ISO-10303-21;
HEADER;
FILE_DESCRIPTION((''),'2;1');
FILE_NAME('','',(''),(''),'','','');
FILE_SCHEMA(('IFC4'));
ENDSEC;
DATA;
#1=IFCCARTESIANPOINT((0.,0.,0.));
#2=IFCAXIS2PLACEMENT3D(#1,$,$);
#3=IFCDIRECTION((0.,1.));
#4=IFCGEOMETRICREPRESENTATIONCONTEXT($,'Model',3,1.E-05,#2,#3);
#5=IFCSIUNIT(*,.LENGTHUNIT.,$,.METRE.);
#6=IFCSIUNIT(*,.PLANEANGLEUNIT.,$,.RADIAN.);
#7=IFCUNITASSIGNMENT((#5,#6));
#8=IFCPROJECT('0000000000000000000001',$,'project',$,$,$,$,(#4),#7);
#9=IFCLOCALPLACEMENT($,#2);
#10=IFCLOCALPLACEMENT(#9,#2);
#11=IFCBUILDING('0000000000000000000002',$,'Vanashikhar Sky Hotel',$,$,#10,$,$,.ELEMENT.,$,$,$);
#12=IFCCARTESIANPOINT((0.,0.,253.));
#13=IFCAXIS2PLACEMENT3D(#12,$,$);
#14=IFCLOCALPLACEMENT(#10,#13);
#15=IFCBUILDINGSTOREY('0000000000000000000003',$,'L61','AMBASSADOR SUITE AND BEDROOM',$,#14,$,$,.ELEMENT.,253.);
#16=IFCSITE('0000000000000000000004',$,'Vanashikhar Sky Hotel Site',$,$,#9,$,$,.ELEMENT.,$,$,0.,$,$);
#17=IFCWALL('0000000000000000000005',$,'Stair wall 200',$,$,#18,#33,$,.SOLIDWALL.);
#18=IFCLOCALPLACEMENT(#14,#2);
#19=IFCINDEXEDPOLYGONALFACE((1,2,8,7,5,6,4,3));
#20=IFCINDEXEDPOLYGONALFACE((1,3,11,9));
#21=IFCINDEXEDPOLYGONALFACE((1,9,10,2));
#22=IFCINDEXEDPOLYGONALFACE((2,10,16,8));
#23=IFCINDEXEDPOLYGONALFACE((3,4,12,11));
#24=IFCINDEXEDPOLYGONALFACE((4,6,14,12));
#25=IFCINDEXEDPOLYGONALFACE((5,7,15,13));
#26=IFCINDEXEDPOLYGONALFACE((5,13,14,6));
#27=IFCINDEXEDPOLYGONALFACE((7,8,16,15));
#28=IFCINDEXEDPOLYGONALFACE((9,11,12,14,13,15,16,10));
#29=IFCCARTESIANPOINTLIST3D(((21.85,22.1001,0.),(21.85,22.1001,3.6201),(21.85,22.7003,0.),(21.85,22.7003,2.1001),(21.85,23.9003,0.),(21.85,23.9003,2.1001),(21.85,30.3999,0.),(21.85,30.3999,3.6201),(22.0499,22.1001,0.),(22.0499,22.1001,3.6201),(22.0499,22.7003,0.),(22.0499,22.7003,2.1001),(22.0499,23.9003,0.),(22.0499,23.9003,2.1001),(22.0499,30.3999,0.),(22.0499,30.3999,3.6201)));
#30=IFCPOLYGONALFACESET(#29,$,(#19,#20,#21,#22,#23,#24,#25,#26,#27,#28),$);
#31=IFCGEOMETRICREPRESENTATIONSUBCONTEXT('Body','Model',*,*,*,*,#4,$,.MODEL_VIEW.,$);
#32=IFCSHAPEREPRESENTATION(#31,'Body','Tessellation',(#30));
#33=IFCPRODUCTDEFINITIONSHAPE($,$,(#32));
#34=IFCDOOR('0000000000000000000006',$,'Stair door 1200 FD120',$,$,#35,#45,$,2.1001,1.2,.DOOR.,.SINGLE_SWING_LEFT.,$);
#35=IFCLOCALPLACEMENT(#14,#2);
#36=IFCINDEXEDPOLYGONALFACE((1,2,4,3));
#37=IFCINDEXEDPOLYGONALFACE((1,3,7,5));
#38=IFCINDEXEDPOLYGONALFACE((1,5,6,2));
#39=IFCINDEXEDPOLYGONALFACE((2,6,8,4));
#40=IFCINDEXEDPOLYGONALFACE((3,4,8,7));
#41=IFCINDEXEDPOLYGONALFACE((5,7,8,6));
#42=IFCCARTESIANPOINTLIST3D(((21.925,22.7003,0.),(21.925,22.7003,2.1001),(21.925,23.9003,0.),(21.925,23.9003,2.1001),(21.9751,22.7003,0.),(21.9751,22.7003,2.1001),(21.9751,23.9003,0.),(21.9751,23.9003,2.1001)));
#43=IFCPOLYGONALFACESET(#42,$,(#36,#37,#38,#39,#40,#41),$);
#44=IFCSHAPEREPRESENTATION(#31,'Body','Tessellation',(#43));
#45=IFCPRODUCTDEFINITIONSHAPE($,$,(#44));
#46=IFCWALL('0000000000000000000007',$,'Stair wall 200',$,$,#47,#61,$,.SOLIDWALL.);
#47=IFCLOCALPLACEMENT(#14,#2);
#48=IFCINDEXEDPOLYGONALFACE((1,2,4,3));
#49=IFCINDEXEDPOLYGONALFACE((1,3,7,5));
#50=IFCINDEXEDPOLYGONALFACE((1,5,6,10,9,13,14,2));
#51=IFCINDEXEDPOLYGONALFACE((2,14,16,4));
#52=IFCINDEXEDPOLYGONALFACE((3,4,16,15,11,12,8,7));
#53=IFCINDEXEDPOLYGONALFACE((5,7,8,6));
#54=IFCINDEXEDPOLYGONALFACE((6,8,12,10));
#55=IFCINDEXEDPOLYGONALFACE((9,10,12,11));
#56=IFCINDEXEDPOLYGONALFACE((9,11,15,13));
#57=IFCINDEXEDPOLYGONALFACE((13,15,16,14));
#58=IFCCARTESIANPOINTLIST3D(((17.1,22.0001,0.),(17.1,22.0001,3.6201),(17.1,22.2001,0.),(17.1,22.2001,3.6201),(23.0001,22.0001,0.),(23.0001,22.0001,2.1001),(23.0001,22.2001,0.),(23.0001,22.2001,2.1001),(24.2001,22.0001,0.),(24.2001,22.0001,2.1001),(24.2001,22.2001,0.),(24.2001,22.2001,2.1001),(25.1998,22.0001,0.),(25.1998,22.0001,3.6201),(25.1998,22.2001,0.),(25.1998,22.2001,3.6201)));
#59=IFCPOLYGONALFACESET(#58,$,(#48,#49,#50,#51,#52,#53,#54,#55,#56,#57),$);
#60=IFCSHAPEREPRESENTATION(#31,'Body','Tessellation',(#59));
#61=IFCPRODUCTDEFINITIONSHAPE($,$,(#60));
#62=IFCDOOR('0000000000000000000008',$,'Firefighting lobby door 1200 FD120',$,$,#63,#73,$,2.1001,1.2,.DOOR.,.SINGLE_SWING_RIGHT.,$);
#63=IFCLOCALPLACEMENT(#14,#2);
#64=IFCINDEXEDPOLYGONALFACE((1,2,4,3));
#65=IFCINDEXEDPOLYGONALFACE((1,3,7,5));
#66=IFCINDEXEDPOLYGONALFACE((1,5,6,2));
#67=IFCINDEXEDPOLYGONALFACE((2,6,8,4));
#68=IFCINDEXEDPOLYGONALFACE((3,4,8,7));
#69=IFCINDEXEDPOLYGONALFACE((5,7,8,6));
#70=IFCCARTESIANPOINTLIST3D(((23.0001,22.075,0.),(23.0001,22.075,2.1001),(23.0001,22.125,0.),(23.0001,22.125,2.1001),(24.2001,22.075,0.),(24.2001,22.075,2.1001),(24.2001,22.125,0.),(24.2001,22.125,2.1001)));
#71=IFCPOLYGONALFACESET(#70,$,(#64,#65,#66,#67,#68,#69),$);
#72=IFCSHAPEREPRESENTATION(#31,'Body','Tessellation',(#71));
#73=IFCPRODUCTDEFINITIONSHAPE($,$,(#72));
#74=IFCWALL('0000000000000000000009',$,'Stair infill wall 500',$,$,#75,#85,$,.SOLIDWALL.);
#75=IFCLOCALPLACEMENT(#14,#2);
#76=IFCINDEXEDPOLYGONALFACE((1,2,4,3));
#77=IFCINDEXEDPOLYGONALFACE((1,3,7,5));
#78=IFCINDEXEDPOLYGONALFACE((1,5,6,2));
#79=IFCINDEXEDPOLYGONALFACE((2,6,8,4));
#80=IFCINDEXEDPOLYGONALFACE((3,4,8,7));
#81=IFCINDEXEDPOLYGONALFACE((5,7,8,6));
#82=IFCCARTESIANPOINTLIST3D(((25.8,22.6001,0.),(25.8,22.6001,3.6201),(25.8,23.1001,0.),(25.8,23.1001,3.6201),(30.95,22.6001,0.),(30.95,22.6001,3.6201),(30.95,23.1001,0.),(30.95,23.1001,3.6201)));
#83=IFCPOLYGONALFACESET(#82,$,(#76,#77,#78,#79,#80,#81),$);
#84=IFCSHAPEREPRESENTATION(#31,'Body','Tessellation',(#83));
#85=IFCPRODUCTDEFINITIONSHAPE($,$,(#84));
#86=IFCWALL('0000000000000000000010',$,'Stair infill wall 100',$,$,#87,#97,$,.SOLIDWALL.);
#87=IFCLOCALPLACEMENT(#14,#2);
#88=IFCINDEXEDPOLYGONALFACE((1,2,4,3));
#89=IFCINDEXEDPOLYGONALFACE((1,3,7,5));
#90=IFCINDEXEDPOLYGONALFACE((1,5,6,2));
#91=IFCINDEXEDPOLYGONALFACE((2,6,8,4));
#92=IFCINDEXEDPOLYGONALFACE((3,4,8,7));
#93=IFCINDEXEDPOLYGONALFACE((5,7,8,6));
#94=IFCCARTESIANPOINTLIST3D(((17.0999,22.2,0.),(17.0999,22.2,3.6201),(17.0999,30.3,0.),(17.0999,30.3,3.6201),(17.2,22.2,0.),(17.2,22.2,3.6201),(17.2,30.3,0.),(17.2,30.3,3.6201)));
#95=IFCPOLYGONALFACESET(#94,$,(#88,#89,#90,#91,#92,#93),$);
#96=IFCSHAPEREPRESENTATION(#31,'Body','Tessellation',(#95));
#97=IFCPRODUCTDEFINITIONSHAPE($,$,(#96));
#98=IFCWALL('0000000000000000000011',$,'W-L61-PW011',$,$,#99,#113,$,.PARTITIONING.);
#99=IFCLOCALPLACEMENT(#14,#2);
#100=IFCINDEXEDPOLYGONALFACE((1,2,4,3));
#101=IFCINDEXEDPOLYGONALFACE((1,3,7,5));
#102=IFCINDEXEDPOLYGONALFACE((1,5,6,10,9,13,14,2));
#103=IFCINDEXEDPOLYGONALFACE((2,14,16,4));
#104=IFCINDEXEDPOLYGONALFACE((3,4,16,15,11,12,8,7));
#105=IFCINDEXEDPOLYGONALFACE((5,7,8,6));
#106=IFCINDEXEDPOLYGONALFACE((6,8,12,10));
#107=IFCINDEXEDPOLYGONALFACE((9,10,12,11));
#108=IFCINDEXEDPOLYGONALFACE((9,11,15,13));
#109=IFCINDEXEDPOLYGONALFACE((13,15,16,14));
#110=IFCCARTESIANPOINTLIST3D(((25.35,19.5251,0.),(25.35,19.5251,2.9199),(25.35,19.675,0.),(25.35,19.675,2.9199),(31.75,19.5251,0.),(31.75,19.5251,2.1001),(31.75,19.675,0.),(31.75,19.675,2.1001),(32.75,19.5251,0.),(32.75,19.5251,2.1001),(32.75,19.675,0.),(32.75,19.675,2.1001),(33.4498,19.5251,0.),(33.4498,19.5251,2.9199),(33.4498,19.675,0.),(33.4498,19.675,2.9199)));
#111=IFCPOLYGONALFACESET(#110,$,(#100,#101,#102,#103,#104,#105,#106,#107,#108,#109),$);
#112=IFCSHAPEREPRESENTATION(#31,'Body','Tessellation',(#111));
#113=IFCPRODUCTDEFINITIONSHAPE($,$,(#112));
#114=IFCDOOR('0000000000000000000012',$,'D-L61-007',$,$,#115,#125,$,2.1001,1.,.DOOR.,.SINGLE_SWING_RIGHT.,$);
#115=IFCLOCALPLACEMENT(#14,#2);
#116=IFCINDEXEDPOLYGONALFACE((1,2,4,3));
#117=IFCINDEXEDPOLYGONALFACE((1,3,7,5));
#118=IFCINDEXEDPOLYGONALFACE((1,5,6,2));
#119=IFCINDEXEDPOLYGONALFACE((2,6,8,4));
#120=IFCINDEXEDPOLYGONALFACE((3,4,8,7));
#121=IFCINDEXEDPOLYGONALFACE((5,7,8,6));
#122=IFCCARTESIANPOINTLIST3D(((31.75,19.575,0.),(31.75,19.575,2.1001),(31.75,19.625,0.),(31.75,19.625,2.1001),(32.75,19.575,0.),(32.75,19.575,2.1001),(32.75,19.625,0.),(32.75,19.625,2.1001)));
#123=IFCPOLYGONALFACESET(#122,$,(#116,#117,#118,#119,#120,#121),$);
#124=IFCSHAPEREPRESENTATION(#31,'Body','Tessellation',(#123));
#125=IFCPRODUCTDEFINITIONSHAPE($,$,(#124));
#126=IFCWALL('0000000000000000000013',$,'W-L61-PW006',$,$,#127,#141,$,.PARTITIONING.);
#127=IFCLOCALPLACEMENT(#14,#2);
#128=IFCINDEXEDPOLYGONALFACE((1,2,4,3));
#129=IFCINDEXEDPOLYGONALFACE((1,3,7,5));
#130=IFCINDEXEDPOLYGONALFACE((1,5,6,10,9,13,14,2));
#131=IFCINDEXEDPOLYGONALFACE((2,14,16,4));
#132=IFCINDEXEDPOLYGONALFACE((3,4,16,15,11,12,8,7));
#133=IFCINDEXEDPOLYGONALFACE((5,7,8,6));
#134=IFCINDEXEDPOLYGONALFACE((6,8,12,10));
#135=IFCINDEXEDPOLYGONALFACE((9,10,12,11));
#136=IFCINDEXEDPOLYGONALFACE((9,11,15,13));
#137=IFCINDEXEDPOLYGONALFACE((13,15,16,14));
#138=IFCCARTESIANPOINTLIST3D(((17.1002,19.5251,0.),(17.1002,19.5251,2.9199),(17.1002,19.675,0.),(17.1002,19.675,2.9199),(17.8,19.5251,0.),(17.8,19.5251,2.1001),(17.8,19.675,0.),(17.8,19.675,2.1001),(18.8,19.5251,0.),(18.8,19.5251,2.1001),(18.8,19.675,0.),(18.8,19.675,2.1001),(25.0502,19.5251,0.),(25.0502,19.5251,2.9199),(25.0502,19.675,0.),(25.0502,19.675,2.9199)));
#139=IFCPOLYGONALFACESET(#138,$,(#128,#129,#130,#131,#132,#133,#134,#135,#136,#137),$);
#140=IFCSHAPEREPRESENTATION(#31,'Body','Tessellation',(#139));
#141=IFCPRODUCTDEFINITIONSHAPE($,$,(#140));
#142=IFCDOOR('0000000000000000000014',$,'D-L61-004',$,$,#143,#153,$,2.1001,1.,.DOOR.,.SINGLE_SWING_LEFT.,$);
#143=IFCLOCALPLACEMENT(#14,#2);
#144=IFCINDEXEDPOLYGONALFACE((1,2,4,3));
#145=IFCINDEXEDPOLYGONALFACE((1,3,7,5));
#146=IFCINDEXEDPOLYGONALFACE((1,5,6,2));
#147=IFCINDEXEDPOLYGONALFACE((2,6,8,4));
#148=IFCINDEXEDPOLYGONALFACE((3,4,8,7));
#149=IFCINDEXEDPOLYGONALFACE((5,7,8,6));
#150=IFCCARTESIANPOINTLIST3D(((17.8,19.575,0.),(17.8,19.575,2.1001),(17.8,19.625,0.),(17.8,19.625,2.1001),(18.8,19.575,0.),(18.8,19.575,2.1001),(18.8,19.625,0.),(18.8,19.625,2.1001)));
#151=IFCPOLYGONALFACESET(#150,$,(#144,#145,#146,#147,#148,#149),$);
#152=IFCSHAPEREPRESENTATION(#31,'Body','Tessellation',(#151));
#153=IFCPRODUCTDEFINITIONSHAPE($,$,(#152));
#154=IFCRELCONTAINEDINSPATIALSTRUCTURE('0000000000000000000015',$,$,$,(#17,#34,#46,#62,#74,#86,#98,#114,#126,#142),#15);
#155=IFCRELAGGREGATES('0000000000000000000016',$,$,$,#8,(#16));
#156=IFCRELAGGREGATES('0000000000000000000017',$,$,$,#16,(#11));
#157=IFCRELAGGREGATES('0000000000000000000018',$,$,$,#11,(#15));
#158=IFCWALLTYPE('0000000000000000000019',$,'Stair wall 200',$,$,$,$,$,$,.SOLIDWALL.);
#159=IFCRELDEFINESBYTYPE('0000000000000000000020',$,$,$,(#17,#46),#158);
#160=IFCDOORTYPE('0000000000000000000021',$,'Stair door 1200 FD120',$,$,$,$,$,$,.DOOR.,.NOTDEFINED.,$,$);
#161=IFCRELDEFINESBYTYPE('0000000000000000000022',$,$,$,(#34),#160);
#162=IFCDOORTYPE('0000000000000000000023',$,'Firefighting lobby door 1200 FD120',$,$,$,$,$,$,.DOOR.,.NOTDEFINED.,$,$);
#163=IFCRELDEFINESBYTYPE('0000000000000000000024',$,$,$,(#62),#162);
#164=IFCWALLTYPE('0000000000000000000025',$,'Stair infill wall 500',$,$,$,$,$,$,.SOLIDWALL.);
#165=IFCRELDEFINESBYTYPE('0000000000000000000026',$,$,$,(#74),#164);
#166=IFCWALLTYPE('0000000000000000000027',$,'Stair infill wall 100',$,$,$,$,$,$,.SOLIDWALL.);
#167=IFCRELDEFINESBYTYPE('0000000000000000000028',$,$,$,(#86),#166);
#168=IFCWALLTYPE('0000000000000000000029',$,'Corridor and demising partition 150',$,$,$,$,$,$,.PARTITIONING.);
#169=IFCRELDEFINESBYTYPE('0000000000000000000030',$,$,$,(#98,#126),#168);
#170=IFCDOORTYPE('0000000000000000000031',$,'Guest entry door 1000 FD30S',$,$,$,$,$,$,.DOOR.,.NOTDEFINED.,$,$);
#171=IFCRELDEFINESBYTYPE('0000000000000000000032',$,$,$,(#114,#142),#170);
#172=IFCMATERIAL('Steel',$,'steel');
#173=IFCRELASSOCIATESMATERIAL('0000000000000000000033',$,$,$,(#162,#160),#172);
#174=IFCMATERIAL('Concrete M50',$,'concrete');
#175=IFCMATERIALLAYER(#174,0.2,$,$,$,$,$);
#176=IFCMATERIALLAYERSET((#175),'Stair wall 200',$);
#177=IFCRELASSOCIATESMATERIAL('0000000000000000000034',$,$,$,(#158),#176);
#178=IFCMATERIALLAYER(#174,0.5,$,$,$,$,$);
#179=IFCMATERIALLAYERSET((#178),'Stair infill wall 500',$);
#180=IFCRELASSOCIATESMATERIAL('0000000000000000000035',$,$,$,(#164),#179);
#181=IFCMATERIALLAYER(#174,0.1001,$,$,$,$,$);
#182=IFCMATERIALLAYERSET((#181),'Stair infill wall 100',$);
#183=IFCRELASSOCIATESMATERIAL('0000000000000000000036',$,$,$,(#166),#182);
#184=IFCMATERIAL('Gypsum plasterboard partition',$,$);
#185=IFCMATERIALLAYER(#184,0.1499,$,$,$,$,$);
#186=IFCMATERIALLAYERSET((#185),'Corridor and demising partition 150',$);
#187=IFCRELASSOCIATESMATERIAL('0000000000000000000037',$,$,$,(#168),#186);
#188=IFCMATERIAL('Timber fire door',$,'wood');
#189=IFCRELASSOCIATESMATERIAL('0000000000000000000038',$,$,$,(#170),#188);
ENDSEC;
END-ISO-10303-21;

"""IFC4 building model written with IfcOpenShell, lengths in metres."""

from ifc_helpers import new_model, si_unit, direction, frame, frame_2d, origin, place, context, subcontext, project, spatial, rectangle, extrude, source, transform, mapped, material, layer, layer_set, type_object, element, fill, save


model = new_model("IFC4")

# Units and contexts
model_context = context("Model", 3, precision=1e-05, world=origin(), true_north=direction((0.0, 1.0)))
body_context = subcontext(model_context, "Body", "Model", "MODEL_VIEW")
ifc_project = project(units=[si_unit("LENGTHUNIT", "METRE"), si_unit("PLANEANGLEUNIT", "RADIAN")], contexts=[model_context])

# Site, building, storey
site_placement = place(None, origin())
site = spatial("IfcSite", under=ifc_project, at=site_placement, Name="Vanashikhar Sky Hotel Site", CompositionType="ELEMENT", RefElevation=0.0)
building_placement = place(site_placement, origin())
building = spatial("IfcBuilding", under=site, at=building_placement, Name="Vanashikhar Sky Hotel", CompositionType="ELEMENT")
storey_placement = place(building_placement, frame((0.0, 0.0, 253.0)))
storey = spatial("IfcBuildingStorey", under=building, at=storey_placement, Name="L61", Description="AMBASSADOR SUITE AND BEDROOM", CompositionType="ELEMENT", Elevation=253.0)

# Shared definitions
ifc_material_1 = material(Name="Concrete M50", Category="concrete")

# Shared definitions
ifc_material_2 = material(Name="Steel", Category="steel")
door_type_1 = type_object("IfcDoorType", Name="Firefighting lobby door 1200 FD120", OperationType="NOTDEFINED", PredefinedType="DOOR", material=ifc_material_2)

# Walls, openings, doors
ifc_layer_1 = layer(ifc_material_1, 0.2)
ifc_layer_set_1 = layer_set([ifc_layer_1], Name="Stair wall 200")
wall_type_1 = type_object("IfcWallType", Name="Stair wall 200", PredefinedType="SOLIDWALL", material=ifc_layer_set_1)
shared_shape_1 = source(origin(), body_context, "Body", "SweptSolid", [
    extrude(rectangle(XDim=8.2998, YDim=0.2, at=frame_2d((4.1499, 0.0))), origin(), (0.0, 0.0, 1.0), 3.6201),
])
wall_1_placement = place(storey_placement, frame((21.95, 22.1001, 0.0), z_axis=(0.0, 0.0, 1.0), x_axis=(0.0, 1.0, 0.0)))
wall_1 = element("IfcWall", 1, at=wall_1_placement, inside=storey, type_object=wall_type_1, Name="Stair wall 200", PredefinedType="SOLIDWALL", context=body_context, shape_type="MappedRepresentation", body=[
    mapped(shared_shape_1, transform((0.0, 0.0, 0.0), scale=1.0)),
])
shared_shape_2 = source(origin(), body_context, "Body", "SweptSolid", [
    extrude(rectangle(XDim=1.2, YDim=2.1001, at=frame_2d((0.6001, 1.05))), frame((0.0, 0.1099, 0.0), z_axis=(0.0, -1.0, 0.0), x_axis=(1.0, 0.0, 0.0)), (0.0, 0.0, 1.0), 0.22),
])
opening_1_placement = place(wall_1_placement, frame((0.6001, 0.0, 0.0)))
opening_1 = element("IfcOpeningElement", 2, at=opening_1_placement, cuts=wall_1, PredefinedType="OPENING", context=body_context, shape_type="MappedRepresentation", body=[
    mapped(shared_shape_2, transform((0.0, 0.0, 0.0), scale=1.0)),
])
door_type_2 = type_object("IfcDoorType", Name="Stair door 1200 FD120", OperationType="NOTDEFINED", PredefinedType="DOOR", material=ifc_material_2)
shared_shape_3 = source(origin(), body_context, "Body", "SweptSolid", [
    extrude(rectangle(XDim=1.2, YDim=2.1001, at=frame_2d((0.6001, 1.05))), frame((0.0, 0.0249, 0.0), z_axis=(0.0, -1.0, 0.0), x_axis=(1.0, 0.0, 0.0)), (0.0, 0.0, 1.0), 0.05),
])
door_1_placement = place(opening_1_placement, origin())
door_1 = element("IfcDoor", 3, at=door_1_placement, inside=storey, type_object=door_type_2, Name="Stair door 1200 FD120", OperationType="SINGLE_SWING_LEFT", OverallHeight=2.1001, OverallWidth=1.2, PredefinedType="DOOR", context=body_context, shape_type="MappedRepresentation", body=[
    mapped(shared_shape_3, transform((0.0, 0.0, 0.0), scale=1.0)),
])
fill(opening_1, door_1)
shared_shape_4 = source(origin(), body_context, "Body", "SweptSolid", [
    extrude(rectangle(XDim=8.0999, YDim=0.2, at=frame_2d((4.0498, 0.0))), origin(), (0.0, 0.0, 1.0), 3.6201),
])
wall_2_placement = place(storey_placement, frame((17.1001, 22.1001, 0.0), z_axis=(0.0, 0.0, 1.0), x_axis=(1.0, 0.0, 0.0)))
wall_2 = element("IfcWall", 4, at=wall_2_placement, inside=storey, type_object=wall_type_1, Name="Stair wall 200", PredefinedType="SOLIDWALL", context=body_context, shape_type="MappedRepresentation", body=[
    mapped(shared_shape_4, transform((0.0, 0.0, 0.0), scale=1.0)),
])
opening_2_placement = place(wall_2_placement, frame((5.8999, 0.0, 0.0)))
opening_2 = element("IfcOpeningElement", 5, at=opening_2_placement, cuts=wall_2, PredefinedType="OPENING", context=body_context, shape_type="MappedRepresentation", body=[
    mapped(shared_shape_2, transform((0.0, 0.0, 0.0), scale=1.0)),
])
door_2_placement = place(opening_2_placement, origin())
door_2 = element("IfcDoor", 6, at=door_2_placement, inside=storey, type_object=door_type_1, Name="Firefighting lobby door 1200 FD120", OperationType="SINGLE_SWING_RIGHT", OverallHeight=2.1001, OverallWidth=1.2, PredefinedType="DOOR", context=body_context, shape_type="MappedRepresentation", body=[
    mapped(shared_shape_3, transform((0.0, 0.0, 0.0), scale=1.0)),
])
fill(opening_2, door_2)

# Walls
ifc_layer_2 = layer(ifc_material_1, 0.5)
ifc_layer_set_2 = layer_set([ifc_layer_2], Name="Stair infill wall 500")
wall_type_2 = type_object("IfcWallType", Name="Stair infill wall 500", PredefinedType="SOLIDWALL", material=ifc_layer_set_2)
shared_shape_5 = source(origin(), body_context, "Body", "SweptSolid", [
    extrude(rectangle(XDim=5.1499, YDim=0.5, at=frame_2d((2.575, 0.0))), origin(), (0.0, 0.0, 1.0), 3.6201),
])
wall_3_placement = place(storey_placement, frame((25.8, 22.8501, 0.0), z_axis=(0.0, 0.0, 1.0), x_axis=(1.0, 0.0, 0.0)))
element("IfcWall", 7, at=wall_3_placement, inside=storey, type_object=wall_type_2, Name="Stair infill wall 500", PredefinedType="SOLIDWALL", context=body_context, shape_type="MappedRepresentation", body=[
    mapped(shared_shape_5, transform((0.0, 0.0, 0.0), scale=1.0)),
])
ifc_layer_3 = layer(ifc_material_1, 0.1001)
ifc_layer_set_3 = layer_set([ifc_layer_3], Name="Stair infill wall 100")
wall_type_3 = type_object("IfcWallType", Name="Stair infill wall 100", PredefinedType="SOLIDWALL", material=ifc_layer_set_3)
shared_shape_6 = source(origin(), body_context, "Body", "SweptSolid", [
    extrude(rectangle(XDim=8.1001, YDim=0.1001, at=frame_2d((4.05, 0.0))), origin(), (0.0, 0.0, 1.0), 3.6201),
])
wall_4_placement = place(storey_placement, frame((17.1499, 22.2, 0.0), z_axis=(0.0, 0.0, 1.0), x_axis=(0.0, 1.0, 0.0)))
element("IfcWall", 8, at=wall_4_placement, inside=storey, type_object=wall_type_3, Name="Stair infill wall 100", PredefinedType="SOLIDWALL", context=body_context, shape_type="MappedRepresentation", body=[
    mapped(shared_shape_6, transform((0.0, 0.0, 0.0), scale=1.0)),
])

# Walls, openings, doors
ifc_material_3 = material(Name="Gypsum plasterboard partition")
ifc_layer_4 = layer(ifc_material_3, 0.1499)
ifc_layer_set_4 = layer_set([ifc_layer_4], Name="Corridor and demising partition 150")
wall_type_4 = type_object("IfcWallType", Name="Corridor and demising partition 150", PredefinedType="PARTITIONING", material=ifc_layer_set_4)
shared_shape_7 = source(origin(), body_context, "Body", "SweptSolid", [
    extrude(rectangle(XDim=8.0999, YDim=0.1499, at=frame_2d((4.0498, 0.0))), origin(), (0.0, 0.0, 1.0), 2.9199),
])
wall_5_placement = place(storey_placement, frame((25.3501, 19.6001, 0.0), z_axis=(0.0, 0.0, 1.0), x_axis=(1.0, 0.0, 0.0)))
wall_5 = element("IfcWall", 9, at=wall_5_placement, inside=storey, type_object=wall_type_4, Name="W-L61-PW011", PredefinedType="PARTITIONING", context=body_context, shape_type="MappedRepresentation", body=[
    mapped(shared_shape_7, transform((0.0, 0.0, 0.0), scale=1.0)),
])
shared_shape_8 = source(origin(), body_context, "Body", "SweptSolid", [
    extrude(rectangle(XDim=1.0, YDim=2.1001, at=frame_2d((0.5, 1.05))), frame((0.0, 0.085, 0.0), z_axis=(0.0, -1.0, 0.0), x_axis=(1.0, 0.0, 0.0)), (0.0, 0.0, 1.0), 0.1699),
])
opening_3_placement = place(wall_5_placement, frame((6.3999, 0.0, 0.0)))
opening_3 = element("IfcOpeningElement", 10, at=opening_3_placement, cuts=wall_5, PredefinedType="OPENING", context=body_context, shape_type="MappedRepresentation", body=[
    mapped(shared_shape_8, transform((0.0, 0.0, 0.0), scale=1.0)),
])
ifc_material_4 = material(Name="Timber fire door", Category="wood")
door_type_3 = type_object("IfcDoorType", Name="Guest entry door 1000 FD30S", OperationType="NOTDEFINED", PredefinedType="DOOR", material=ifc_material_4)
shared_shape_9 = source(origin(), body_context, "Body", "SweptSolid", [
    extrude(rectangle(XDim=1.0, YDim=2.1001, at=frame_2d((0.5, 1.05))), frame((0.0, 0.0249, 0.0), z_axis=(0.0, -1.0, 0.0), x_axis=(1.0, 0.0, 0.0)), (0.0, 0.0, 1.0), 0.05),
])
door_3_placement = place(opening_3_placement, origin())
door_3 = element("IfcDoor", 11, at=door_3_placement, inside=storey, type_object=door_type_3, Name="D-L61-007", OperationType="SINGLE_SWING_RIGHT", OverallHeight=2.1001, OverallWidth=1.0, PredefinedType="DOOR", context=body_context, shape_type="MappedRepresentation", body=[
    mapped(shared_shape_9, transform((0.0, 0.0, 0.0), scale=1.0)),
])
fill(opening_3, door_3)
shared_shape_10 = source(origin(), body_context, "Body", "SweptSolid", [
    extrude(rectangle(XDim=7.95, YDim=0.1499, at=frame_2d((3.9751, 0.0))), origin(), (0.0, 0.0, 1.0), 2.9199),
])
wall_6_placement = place(storey_placement, frame((17.1001, 19.6001, 0.0), z_axis=(0.0, 0.0, 1.0), x_axis=(1.0, 0.0, 0.0)))
wall_6 = element("IfcWall", 12, at=wall_6_placement, inside=storey, type_object=wall_type_4, Name="W-L61-PW006", PredefinedType="PARTITIONING", context=body_context, shape_type="MappedRepresentation", body=[
    mapped(shared_shape_10, transform((0.0, 0.0, 0.0), scale=1.0)),
])
opening_4_placement = place(wall_6_placement, frame((0.7, 0.0, 0.0)))
opening_4 = element("IfcOpeningElement", 13, at=opening_4_placement, cuts=wall_6, PredefinedType="OPENING", context=body_context, shape_type="MappedRepresentation", body=[
    mapped(shared_shape_8, transform((0.0, 0.0, 0.0), scale=1.0)),
])
door_4_placement = place(opening_4_placement, origin())
door_4 = element("IfcDoor", 14, at=door_4_placement, inside=storey, type_object=door_type_3, Name="D-L61-004", OperationType="SINGLE_SWING_LEFT", OverallHeight=2.1001, OverallWidth=1.0, PredefinedType="DOOR", context=body_context, shape_type="MappedRepresentation", body=[
    mapped(shared_shape_9, transform((0.0, 0.0, 0.0), scale=1.0)),
])
fill(opening_4, door_4)

save(model, "model.ifc")
